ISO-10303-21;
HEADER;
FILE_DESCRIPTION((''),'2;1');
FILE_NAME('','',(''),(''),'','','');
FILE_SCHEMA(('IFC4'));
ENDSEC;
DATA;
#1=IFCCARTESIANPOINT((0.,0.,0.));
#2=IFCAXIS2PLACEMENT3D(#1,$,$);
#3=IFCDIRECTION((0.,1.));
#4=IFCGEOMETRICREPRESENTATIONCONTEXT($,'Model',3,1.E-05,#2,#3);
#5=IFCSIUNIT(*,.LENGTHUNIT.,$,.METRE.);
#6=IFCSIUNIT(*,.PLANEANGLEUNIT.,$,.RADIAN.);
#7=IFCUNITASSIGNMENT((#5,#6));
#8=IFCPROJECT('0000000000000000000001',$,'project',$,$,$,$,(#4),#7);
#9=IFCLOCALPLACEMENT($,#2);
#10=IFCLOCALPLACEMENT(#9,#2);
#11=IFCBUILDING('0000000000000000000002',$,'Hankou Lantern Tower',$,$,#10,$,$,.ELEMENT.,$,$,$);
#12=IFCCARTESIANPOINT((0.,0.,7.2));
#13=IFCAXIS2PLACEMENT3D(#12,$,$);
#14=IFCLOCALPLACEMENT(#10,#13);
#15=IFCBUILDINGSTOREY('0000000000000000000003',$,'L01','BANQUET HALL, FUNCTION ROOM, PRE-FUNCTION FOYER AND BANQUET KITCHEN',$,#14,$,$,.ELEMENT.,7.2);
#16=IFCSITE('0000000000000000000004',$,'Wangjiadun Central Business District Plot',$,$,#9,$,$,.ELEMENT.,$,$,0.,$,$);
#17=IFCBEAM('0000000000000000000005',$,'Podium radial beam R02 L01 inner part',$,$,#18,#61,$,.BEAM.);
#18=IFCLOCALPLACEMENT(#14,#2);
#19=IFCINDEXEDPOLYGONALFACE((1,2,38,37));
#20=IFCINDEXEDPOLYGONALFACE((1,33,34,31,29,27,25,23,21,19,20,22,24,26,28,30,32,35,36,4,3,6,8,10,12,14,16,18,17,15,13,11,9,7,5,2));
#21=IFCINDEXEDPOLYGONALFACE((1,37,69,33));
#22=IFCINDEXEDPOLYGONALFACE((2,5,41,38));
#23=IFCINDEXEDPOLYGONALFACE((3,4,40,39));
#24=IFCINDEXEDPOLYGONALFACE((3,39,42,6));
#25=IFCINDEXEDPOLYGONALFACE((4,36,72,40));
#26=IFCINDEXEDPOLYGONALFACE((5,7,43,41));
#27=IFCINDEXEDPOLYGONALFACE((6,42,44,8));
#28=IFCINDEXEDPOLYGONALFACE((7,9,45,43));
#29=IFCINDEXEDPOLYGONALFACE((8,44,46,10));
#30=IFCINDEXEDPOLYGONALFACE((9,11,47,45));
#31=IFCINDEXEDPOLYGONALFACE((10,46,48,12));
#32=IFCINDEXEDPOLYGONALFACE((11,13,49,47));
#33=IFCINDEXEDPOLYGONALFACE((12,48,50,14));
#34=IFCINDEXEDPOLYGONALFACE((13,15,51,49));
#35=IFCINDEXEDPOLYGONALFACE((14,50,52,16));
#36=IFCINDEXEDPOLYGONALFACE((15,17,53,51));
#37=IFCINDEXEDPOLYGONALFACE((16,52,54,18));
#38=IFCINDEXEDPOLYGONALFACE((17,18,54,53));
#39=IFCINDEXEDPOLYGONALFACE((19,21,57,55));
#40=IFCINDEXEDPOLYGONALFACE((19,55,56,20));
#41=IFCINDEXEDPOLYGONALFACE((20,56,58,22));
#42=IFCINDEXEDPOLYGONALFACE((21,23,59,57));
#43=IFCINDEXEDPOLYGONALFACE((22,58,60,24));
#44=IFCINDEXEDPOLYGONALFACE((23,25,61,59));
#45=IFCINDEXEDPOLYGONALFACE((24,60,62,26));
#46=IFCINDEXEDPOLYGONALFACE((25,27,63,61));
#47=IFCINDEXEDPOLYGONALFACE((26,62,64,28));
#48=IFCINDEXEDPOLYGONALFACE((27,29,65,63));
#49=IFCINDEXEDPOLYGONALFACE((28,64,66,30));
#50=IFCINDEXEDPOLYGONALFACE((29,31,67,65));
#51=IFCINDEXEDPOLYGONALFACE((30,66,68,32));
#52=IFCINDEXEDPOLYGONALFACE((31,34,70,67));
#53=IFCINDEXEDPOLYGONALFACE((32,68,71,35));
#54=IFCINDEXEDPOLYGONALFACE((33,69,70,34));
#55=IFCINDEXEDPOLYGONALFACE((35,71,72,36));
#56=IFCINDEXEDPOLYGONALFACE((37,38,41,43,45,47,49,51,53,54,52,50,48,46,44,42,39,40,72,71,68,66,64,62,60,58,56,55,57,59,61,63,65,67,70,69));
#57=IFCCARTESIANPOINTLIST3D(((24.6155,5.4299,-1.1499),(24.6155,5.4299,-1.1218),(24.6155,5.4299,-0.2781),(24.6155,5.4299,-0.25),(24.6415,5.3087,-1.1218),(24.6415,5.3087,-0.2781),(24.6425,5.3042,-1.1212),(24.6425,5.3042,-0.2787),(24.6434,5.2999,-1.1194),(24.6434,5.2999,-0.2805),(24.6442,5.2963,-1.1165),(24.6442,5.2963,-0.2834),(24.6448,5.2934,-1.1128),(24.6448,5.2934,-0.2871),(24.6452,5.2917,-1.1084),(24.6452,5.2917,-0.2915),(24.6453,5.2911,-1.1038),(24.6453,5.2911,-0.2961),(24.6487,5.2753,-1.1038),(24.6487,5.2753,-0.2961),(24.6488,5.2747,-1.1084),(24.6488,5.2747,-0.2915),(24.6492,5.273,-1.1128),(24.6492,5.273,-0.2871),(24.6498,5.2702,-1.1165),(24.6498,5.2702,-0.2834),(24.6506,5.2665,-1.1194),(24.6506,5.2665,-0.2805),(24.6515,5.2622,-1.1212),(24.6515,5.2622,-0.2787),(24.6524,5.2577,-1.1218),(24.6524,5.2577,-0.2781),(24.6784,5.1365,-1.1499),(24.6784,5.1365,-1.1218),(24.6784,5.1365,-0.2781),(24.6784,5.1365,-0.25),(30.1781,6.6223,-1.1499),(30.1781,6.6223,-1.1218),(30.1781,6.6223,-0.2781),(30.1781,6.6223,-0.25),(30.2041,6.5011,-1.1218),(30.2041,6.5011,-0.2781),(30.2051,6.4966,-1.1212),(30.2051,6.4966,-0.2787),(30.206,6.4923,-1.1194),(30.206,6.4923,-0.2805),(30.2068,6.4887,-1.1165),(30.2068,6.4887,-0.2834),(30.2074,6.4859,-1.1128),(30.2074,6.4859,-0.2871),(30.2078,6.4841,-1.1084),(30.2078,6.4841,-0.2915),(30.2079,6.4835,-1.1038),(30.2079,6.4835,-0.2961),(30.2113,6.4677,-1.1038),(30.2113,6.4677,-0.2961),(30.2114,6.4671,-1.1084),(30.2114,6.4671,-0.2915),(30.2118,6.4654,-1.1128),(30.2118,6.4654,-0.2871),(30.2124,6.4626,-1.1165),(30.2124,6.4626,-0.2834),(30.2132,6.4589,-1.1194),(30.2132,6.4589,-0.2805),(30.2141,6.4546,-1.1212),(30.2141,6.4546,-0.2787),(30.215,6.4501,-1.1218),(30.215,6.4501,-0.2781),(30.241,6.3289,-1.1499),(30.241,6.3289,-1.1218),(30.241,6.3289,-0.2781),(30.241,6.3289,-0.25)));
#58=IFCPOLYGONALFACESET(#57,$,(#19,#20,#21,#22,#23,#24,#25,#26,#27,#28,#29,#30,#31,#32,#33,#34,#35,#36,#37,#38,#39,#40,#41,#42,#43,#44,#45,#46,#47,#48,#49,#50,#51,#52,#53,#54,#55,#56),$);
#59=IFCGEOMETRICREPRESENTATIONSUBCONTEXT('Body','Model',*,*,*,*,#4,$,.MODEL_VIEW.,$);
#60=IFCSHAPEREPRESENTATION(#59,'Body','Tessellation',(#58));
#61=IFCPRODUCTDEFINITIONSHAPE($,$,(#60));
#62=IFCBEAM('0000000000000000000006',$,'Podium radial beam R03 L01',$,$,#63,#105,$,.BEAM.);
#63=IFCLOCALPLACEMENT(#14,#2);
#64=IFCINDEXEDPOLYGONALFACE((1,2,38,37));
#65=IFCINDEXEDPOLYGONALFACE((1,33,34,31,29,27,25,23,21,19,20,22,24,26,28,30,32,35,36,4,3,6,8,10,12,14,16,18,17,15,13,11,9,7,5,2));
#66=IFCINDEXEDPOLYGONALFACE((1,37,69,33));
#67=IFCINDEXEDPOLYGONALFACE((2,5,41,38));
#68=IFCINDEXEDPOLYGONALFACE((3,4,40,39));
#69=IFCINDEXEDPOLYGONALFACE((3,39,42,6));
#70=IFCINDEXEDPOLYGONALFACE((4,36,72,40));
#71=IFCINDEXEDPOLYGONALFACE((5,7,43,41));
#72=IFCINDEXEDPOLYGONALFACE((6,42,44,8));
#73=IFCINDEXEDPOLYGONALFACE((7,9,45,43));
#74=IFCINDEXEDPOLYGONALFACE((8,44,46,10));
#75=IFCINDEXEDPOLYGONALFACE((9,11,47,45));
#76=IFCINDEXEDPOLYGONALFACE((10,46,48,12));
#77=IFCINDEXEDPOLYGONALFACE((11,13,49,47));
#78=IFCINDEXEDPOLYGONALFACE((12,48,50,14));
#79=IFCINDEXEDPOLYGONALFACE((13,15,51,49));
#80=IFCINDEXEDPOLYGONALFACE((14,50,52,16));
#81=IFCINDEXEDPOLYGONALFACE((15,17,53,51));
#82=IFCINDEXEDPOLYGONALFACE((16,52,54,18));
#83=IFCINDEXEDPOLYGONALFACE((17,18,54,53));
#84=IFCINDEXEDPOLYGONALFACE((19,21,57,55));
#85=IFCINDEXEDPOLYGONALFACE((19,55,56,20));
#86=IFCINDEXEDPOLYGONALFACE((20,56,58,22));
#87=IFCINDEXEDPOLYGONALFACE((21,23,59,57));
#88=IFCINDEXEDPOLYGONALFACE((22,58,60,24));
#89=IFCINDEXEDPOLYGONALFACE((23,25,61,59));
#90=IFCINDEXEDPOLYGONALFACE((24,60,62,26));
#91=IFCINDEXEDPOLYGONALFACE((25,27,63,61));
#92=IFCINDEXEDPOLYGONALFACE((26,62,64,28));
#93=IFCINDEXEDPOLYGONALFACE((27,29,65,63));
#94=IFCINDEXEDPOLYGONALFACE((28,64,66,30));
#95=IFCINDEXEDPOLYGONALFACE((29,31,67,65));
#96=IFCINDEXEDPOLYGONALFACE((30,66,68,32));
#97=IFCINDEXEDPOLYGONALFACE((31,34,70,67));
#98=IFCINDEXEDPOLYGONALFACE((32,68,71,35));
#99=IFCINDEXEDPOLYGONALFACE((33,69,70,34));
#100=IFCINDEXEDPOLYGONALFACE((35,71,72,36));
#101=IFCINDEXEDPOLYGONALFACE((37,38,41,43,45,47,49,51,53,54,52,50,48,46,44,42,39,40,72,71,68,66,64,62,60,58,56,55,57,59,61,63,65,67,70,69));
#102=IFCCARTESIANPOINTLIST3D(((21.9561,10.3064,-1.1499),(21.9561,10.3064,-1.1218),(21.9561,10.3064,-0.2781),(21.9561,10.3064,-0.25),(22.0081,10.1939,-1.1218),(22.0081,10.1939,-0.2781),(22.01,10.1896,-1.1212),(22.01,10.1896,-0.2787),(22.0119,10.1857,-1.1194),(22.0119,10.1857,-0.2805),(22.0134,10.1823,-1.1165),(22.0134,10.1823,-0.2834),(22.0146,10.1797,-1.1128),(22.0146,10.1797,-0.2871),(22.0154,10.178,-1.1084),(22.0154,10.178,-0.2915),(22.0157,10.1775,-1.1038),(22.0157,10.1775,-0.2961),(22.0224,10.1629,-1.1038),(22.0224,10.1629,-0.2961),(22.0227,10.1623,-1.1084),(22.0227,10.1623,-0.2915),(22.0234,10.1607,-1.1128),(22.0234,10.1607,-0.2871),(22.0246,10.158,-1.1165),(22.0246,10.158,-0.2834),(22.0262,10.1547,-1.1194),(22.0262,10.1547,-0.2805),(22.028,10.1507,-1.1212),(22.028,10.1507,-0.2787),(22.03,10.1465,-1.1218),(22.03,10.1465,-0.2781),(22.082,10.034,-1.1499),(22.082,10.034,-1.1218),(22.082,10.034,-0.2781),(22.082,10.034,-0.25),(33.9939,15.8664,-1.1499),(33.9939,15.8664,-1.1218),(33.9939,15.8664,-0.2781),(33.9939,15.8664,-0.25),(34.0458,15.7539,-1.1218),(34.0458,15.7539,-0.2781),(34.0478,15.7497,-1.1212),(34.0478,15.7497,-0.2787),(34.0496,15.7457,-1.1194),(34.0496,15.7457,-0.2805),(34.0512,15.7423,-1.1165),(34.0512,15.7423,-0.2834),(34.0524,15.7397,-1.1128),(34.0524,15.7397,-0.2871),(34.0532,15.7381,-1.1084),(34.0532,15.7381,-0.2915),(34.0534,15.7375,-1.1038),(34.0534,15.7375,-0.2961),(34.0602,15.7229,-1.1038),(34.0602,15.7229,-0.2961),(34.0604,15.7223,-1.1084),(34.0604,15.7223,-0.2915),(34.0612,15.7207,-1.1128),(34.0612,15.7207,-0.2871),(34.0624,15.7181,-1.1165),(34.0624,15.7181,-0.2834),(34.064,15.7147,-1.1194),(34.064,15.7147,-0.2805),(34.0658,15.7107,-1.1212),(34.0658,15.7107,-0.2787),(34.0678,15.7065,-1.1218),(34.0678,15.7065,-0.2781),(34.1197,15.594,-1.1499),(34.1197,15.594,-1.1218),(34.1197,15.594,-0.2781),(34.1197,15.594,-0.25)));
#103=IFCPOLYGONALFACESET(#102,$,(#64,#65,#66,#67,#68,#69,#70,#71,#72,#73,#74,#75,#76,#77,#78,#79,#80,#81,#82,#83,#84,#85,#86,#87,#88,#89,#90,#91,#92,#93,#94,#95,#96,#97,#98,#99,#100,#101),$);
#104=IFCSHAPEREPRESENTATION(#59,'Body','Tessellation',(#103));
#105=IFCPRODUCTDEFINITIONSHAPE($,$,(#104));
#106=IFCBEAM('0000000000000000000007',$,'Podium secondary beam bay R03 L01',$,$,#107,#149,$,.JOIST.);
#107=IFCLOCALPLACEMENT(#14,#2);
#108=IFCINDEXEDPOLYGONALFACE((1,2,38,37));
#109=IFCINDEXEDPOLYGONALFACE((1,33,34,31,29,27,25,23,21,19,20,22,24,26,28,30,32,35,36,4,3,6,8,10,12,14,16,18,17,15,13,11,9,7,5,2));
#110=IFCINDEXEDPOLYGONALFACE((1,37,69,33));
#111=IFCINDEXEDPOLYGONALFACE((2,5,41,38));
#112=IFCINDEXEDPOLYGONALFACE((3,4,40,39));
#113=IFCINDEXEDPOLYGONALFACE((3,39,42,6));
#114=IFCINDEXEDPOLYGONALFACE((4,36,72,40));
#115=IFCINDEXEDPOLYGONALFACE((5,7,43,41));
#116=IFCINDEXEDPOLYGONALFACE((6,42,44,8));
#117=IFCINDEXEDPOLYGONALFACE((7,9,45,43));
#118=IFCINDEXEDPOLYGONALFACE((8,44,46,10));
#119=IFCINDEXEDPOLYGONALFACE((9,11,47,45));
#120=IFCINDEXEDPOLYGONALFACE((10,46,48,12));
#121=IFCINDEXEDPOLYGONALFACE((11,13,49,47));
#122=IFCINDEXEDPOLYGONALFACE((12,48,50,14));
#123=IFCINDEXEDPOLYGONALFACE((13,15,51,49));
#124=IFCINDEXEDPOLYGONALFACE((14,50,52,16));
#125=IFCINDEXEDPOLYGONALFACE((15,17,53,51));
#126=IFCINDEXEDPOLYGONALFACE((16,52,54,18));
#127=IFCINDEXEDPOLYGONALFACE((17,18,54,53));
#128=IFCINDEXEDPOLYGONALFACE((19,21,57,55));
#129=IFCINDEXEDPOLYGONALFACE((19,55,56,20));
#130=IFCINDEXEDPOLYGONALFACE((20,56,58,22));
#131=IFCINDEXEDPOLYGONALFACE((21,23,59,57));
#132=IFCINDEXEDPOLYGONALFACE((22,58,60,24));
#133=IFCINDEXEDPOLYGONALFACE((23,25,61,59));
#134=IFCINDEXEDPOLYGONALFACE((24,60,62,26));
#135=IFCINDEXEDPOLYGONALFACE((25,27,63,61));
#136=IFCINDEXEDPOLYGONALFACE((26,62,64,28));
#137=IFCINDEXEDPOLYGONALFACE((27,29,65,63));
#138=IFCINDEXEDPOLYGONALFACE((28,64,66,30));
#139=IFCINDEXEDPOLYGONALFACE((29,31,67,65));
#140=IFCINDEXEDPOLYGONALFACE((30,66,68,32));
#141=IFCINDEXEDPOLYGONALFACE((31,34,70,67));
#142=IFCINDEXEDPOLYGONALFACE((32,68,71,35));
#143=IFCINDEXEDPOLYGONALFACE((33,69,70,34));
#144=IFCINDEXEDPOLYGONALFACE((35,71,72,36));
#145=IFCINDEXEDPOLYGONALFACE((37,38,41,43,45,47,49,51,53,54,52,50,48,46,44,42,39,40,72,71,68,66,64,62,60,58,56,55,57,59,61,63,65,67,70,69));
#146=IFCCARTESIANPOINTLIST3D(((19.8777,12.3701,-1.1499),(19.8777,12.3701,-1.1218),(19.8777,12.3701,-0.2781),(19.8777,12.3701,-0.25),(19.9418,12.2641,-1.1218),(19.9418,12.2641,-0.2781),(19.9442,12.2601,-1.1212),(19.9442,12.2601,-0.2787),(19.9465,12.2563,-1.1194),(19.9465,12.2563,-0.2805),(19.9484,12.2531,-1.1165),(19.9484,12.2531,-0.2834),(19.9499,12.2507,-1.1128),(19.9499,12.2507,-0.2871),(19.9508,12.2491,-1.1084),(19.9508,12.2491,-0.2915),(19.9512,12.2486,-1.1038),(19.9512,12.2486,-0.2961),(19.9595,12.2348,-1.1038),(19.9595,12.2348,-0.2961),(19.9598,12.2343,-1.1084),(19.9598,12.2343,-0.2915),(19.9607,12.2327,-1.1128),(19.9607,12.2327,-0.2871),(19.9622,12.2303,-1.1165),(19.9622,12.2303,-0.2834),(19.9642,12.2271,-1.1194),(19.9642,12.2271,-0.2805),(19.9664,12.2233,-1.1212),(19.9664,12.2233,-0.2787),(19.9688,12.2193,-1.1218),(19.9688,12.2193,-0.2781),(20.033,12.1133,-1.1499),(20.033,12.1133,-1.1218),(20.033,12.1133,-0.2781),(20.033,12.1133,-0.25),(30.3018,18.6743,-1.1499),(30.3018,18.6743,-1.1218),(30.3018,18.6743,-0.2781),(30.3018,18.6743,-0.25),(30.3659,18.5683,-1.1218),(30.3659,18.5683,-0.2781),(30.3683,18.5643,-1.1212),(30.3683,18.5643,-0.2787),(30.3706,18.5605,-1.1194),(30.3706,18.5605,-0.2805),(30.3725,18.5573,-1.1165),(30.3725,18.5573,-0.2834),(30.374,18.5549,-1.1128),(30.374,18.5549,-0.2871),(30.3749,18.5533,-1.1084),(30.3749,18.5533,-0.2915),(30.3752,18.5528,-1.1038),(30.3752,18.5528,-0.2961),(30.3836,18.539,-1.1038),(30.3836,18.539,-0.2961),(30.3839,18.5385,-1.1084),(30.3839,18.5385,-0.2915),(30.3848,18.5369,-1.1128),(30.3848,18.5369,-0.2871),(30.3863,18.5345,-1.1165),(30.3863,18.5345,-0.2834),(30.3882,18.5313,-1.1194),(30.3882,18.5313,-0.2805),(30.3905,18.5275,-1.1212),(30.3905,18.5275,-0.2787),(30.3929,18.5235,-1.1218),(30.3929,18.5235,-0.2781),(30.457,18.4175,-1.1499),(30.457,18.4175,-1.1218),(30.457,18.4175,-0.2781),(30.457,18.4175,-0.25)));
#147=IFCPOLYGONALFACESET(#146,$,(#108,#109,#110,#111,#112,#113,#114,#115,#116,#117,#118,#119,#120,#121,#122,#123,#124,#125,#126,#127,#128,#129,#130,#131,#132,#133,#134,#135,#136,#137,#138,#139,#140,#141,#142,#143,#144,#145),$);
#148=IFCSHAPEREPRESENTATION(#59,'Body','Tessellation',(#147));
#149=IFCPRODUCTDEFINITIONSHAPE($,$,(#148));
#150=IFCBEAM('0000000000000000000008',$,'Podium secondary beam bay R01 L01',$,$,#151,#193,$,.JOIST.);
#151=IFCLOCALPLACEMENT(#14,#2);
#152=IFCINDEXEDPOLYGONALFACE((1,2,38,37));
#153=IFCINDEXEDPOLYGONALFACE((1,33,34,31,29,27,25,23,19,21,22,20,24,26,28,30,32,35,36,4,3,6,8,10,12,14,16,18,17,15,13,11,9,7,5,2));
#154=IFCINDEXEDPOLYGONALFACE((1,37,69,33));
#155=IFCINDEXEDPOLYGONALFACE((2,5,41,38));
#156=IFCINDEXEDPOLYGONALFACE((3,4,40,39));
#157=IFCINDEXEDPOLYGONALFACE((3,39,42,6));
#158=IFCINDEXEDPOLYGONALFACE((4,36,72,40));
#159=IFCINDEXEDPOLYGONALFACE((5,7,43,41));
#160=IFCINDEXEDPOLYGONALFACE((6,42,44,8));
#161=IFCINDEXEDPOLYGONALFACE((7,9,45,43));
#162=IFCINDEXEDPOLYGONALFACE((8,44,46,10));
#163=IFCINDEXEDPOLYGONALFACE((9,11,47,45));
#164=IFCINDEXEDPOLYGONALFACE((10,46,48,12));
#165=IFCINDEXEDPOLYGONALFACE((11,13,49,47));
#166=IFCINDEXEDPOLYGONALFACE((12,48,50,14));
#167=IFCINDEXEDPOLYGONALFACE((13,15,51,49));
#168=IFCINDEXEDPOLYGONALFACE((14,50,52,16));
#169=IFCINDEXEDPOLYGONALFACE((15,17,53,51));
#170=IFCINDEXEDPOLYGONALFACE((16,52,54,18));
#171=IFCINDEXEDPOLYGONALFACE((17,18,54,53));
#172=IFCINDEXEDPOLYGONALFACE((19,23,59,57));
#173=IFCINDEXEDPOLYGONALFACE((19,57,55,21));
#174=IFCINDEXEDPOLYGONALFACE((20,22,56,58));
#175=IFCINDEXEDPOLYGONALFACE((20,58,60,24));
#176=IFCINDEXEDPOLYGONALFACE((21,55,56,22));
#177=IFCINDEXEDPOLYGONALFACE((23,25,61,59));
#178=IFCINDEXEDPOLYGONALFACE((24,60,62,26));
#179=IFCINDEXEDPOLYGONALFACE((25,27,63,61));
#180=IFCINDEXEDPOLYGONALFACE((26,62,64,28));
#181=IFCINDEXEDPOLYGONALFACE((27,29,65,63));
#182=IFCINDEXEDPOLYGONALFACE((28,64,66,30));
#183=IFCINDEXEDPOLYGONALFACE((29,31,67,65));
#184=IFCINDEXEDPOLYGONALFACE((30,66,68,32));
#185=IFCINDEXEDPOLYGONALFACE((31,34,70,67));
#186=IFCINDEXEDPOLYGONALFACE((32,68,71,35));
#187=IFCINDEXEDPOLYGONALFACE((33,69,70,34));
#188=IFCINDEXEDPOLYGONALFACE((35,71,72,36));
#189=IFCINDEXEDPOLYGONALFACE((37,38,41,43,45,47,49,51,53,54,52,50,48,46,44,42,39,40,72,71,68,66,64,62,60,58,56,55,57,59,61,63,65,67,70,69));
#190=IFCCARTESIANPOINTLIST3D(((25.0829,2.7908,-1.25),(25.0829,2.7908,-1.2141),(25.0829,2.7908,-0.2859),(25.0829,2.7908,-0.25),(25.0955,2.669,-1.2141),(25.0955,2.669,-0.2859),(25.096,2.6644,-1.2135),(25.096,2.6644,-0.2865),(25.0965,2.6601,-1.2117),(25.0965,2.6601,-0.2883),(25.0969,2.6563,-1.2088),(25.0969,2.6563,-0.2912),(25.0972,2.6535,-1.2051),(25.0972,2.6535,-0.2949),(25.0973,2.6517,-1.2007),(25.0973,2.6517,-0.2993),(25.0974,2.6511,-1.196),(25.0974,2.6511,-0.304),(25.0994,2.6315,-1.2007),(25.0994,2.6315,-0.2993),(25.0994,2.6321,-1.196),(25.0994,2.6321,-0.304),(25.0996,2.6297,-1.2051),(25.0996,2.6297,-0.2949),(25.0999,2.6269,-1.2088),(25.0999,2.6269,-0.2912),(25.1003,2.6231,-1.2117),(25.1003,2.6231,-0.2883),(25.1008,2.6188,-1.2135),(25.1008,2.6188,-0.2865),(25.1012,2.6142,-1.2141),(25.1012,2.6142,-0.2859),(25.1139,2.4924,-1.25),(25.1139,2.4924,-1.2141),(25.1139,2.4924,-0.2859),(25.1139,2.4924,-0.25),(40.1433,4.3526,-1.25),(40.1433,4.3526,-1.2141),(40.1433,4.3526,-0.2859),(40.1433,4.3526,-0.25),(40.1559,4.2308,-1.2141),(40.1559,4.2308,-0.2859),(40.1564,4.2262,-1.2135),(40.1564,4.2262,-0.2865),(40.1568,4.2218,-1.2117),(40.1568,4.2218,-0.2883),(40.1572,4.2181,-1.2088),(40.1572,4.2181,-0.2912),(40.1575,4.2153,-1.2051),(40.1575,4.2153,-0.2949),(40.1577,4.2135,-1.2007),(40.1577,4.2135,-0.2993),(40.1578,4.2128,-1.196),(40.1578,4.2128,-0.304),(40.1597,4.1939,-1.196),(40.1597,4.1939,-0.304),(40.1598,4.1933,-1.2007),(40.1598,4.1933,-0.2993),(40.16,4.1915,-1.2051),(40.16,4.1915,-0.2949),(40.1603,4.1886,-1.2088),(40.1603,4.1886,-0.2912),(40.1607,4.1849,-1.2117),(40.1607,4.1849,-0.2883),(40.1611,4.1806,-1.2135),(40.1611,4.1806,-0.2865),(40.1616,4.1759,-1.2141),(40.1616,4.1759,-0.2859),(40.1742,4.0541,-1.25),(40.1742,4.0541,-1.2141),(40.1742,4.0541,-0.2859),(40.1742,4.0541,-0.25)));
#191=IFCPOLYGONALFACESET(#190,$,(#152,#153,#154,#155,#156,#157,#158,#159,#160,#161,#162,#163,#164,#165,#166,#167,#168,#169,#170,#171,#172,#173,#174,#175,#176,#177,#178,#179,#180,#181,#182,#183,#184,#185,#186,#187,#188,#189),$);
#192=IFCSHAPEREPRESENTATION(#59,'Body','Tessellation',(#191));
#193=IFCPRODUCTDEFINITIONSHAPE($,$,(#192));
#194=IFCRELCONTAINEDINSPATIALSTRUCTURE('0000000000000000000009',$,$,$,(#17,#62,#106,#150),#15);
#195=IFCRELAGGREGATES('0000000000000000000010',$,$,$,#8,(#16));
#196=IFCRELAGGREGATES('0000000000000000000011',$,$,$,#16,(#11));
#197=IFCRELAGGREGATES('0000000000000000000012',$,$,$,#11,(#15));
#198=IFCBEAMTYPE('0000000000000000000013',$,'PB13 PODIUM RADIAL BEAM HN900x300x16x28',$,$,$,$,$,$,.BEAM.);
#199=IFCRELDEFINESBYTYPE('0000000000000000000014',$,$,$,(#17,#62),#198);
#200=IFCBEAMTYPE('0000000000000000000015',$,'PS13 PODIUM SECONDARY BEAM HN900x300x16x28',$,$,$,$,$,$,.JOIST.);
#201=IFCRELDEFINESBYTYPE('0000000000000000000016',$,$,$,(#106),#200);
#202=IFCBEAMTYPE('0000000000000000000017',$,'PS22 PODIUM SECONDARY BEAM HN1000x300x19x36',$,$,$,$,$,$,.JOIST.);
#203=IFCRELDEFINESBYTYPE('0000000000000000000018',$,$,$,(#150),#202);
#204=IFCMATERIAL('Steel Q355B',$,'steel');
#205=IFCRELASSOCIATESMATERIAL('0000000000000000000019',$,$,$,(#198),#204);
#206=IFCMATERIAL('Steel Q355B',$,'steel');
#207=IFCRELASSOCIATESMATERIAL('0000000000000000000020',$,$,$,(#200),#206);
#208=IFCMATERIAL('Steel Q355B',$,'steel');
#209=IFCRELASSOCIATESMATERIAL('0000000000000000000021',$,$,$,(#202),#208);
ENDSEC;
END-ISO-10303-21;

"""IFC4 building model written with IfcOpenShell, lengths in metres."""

from ifc_helpers import new_model, si_unit, direction, frame, origin, origin_2d, place, context, subcontext, project, spatial, i_section, extrude, material, material_profile, profile_set, type_object, element, save


model = new_model("IFC4")

# Units and contexts
model_context = context("Model", 3, precision=1e-05, world=origin(), true_north=direction((0.0, 1.0)))
body_context = subcontext(model_context, "Body", "Model", "MODEL_VIEW")
ifc_project = project(units=[si_unit("LENGTHUNIT", "METRE"), si_unit("PLANEANGLEUNIT", "RADIAN")], contexts=[model_context])

# Site, building, storey
site_placement = place(None, origin())
site = spatial("IfcSite", under=ifc_project, at=site_placement, Name="Wangjiadun Central Business District Plot", CompositionType="ELEMENT", RefElevation=0.0)
building_placement = place(site_placement, origin())
building = spatial("IfcBuilding", under=site, at=building_placement, Name="Hankou Lantern Tower", CompositionType="ELEMENT")
storey_placement = place(building_placement, frame((0.0, 0.0, 7.2)))
storey = spatial("IfcBuildingStorey", under=building, at=storey_placement, Name="L01", Description="BANQUET HALL, FUNCTION ROOM, PRE-FUNCTION FOYER AND BANQUET KITCHEN", CompositionType="ELEMENT", Elevation=7.2)

# Beams
ifc_material_1 = material(Name="Steel Q355B", Category="steel")
ifc_material_profile_1 = material_profile(ifc_material_1, i_section(OverallWidth=0.3, OverallDepth=0.8999, WebThickness=0.0161, FlangeThickness=0.0281, FilletRadius=0.0181, at=origin_2d()), Name="HN900x300x16x28")
ifc_profile_set_1 = profile_set([ifc_material_profile_1], Name="Steel Q355B")
beam_type_1 = type_object("IfcBeamType", Name="PB13 PODIUM RADIAL BEAM HN900x300x16x28", PredefinedType="BEAM", material=ifc_profile_set_1)
beam_1_placement = place(storey_placement, frame((24.647, 5.2832, -0.7), z_axis=(0.977787, 0.209599, 0.0), x_axis=(-0.209599, 0.977787, 0.0)))
element("IfcBeam", 1, at=beam_1_placement, inside=storey, type_object=beam_type_1, Name="Podium radial beam R02 L01 inner part", PredefinedType="BEAM", context=body_context, shape_type="SweptSolid", body=[
    extrude(i_section(OverallWidth=0.3, OverallDepth=0.8999, WebThickness=0.0161, FlangeThickness=0.0281, FilletRadius=0.0181, at=origin_2d()), origin(), (0.0, 0.0, 1.0), 5.689),
])
beam_2_placement = place(storey_placement, frame((22.019, 10.1702, -0.7), z_axis=(0.907841, 0.419315, 0.0), x_axis=(-0.419315, 0.907841, 0.0)))
element("IfcBeam", 2, at=beam_2_placement, inside=storey, type_object=beam_type_1, Name="Podium radial beam R03 L01", PredefinedType="BEAM", context=body_context, shape_type="SweptSolid", body=[
    extrude(i_section(OverallWidth=0.3, OverallDepth=0.8999, WebThickness=0.0161, FlangeThickness=0.0281, FilletRadius=0.0181, at=origin_2d()), origin(), (0.0, 0.0, 1.0), 13.2598),
])
ifc_material_2 = material(Name="Steel Q355B", Category="steel")
ifc_material_profile_2 = material_profile(ifc_material_2, i_section(OverallWidth=0.3, OverallDepth=0.8999, WebThickness=0.0161, FlangeThickness=0.0281, FilletRadius=0.0181, at=origin_2d()), Name="HN900x300x16x28")
ifc_profile_set_2 = profile_set([ifc_material_profile_2], Name="Steel Q355B")
beam_type_2 = type_object("IfcBeamType", Name="PS13 PODIUM SECONDARY BEAM HN900x300x16x28", PredefinedType="JOIST", material=ifc_profile_set_2)
beam_3_placement = place(storey_placement, frame((19.9553, 12.2417, -0.7), z_axis=(0.855686, 0.517496, 0.0), x_axis=(-0.517496, 0.855686, 0.0)))
element("IfcBeam", 3, at=beam_3_placement, inside=storey, type_object=beam_type_2, Name="Podium secondary beam bay R03 L01", PredefinedType="JOIST", context=body_context, shape_type="SweptSolid", body=[
    extrude(i_section(OverallWidth=0.3, OverallDepth=0.8999, WebThickness=0.0161, FlangeThickness=0.0281, FilletRadius=0.0181, at=origin_2d()), origin(), (0.0, 0.0, 1.0), 12.1821),
])
ifc_material_3 = material(Name="Steel Q355B", Category="steel")
ifc_material_profile_3 = material_profile(ifc_material_3, i_section(OverallWidth=0.3, OverallDepth=1.0, WebThickness=0.019, FlangeThickness=0.0359, FilletRadius=0.0181, at=origin_2d()), Name="HN1000x300x19x36")
ifc_profile_set_3 = profile_set([ifc_material_profile_3], Name="Steel Q355B")
beam_type_3 = type_object("IfcBeamType", Name="PS22 PODIUM SECONDARY BEAM HN1000x300x19x36", PredefinedType="JOIST", material=ifc_profile_set_3)
beam_4_placement = place(storey_placement, frame((25.0984, 2.6416, -0.75), z_axis=(0.994666, 0.103148, 0.0), x_axis=(-0.103148, 0.994666, 0.0)))
element("IfcBeam", 4, at=beam_4_placement, inside=storey, type_object=beam_type_3, Name="Podium secondary beam bay R01 L01", PredefinedType="JOIST", context=body_context, shape_type="SweptSolid", body=[
    extrude(i_section(OverallWidth=0.3, OverallDepth=1.0, WebThickness=0.019, FlangeThickness=0.0359, FilletRadius=0.0181, at=origin_2d()), origin(), (0.0, 0.0, 1.0), 15.1411),
])

save(model, "model.ifc")
